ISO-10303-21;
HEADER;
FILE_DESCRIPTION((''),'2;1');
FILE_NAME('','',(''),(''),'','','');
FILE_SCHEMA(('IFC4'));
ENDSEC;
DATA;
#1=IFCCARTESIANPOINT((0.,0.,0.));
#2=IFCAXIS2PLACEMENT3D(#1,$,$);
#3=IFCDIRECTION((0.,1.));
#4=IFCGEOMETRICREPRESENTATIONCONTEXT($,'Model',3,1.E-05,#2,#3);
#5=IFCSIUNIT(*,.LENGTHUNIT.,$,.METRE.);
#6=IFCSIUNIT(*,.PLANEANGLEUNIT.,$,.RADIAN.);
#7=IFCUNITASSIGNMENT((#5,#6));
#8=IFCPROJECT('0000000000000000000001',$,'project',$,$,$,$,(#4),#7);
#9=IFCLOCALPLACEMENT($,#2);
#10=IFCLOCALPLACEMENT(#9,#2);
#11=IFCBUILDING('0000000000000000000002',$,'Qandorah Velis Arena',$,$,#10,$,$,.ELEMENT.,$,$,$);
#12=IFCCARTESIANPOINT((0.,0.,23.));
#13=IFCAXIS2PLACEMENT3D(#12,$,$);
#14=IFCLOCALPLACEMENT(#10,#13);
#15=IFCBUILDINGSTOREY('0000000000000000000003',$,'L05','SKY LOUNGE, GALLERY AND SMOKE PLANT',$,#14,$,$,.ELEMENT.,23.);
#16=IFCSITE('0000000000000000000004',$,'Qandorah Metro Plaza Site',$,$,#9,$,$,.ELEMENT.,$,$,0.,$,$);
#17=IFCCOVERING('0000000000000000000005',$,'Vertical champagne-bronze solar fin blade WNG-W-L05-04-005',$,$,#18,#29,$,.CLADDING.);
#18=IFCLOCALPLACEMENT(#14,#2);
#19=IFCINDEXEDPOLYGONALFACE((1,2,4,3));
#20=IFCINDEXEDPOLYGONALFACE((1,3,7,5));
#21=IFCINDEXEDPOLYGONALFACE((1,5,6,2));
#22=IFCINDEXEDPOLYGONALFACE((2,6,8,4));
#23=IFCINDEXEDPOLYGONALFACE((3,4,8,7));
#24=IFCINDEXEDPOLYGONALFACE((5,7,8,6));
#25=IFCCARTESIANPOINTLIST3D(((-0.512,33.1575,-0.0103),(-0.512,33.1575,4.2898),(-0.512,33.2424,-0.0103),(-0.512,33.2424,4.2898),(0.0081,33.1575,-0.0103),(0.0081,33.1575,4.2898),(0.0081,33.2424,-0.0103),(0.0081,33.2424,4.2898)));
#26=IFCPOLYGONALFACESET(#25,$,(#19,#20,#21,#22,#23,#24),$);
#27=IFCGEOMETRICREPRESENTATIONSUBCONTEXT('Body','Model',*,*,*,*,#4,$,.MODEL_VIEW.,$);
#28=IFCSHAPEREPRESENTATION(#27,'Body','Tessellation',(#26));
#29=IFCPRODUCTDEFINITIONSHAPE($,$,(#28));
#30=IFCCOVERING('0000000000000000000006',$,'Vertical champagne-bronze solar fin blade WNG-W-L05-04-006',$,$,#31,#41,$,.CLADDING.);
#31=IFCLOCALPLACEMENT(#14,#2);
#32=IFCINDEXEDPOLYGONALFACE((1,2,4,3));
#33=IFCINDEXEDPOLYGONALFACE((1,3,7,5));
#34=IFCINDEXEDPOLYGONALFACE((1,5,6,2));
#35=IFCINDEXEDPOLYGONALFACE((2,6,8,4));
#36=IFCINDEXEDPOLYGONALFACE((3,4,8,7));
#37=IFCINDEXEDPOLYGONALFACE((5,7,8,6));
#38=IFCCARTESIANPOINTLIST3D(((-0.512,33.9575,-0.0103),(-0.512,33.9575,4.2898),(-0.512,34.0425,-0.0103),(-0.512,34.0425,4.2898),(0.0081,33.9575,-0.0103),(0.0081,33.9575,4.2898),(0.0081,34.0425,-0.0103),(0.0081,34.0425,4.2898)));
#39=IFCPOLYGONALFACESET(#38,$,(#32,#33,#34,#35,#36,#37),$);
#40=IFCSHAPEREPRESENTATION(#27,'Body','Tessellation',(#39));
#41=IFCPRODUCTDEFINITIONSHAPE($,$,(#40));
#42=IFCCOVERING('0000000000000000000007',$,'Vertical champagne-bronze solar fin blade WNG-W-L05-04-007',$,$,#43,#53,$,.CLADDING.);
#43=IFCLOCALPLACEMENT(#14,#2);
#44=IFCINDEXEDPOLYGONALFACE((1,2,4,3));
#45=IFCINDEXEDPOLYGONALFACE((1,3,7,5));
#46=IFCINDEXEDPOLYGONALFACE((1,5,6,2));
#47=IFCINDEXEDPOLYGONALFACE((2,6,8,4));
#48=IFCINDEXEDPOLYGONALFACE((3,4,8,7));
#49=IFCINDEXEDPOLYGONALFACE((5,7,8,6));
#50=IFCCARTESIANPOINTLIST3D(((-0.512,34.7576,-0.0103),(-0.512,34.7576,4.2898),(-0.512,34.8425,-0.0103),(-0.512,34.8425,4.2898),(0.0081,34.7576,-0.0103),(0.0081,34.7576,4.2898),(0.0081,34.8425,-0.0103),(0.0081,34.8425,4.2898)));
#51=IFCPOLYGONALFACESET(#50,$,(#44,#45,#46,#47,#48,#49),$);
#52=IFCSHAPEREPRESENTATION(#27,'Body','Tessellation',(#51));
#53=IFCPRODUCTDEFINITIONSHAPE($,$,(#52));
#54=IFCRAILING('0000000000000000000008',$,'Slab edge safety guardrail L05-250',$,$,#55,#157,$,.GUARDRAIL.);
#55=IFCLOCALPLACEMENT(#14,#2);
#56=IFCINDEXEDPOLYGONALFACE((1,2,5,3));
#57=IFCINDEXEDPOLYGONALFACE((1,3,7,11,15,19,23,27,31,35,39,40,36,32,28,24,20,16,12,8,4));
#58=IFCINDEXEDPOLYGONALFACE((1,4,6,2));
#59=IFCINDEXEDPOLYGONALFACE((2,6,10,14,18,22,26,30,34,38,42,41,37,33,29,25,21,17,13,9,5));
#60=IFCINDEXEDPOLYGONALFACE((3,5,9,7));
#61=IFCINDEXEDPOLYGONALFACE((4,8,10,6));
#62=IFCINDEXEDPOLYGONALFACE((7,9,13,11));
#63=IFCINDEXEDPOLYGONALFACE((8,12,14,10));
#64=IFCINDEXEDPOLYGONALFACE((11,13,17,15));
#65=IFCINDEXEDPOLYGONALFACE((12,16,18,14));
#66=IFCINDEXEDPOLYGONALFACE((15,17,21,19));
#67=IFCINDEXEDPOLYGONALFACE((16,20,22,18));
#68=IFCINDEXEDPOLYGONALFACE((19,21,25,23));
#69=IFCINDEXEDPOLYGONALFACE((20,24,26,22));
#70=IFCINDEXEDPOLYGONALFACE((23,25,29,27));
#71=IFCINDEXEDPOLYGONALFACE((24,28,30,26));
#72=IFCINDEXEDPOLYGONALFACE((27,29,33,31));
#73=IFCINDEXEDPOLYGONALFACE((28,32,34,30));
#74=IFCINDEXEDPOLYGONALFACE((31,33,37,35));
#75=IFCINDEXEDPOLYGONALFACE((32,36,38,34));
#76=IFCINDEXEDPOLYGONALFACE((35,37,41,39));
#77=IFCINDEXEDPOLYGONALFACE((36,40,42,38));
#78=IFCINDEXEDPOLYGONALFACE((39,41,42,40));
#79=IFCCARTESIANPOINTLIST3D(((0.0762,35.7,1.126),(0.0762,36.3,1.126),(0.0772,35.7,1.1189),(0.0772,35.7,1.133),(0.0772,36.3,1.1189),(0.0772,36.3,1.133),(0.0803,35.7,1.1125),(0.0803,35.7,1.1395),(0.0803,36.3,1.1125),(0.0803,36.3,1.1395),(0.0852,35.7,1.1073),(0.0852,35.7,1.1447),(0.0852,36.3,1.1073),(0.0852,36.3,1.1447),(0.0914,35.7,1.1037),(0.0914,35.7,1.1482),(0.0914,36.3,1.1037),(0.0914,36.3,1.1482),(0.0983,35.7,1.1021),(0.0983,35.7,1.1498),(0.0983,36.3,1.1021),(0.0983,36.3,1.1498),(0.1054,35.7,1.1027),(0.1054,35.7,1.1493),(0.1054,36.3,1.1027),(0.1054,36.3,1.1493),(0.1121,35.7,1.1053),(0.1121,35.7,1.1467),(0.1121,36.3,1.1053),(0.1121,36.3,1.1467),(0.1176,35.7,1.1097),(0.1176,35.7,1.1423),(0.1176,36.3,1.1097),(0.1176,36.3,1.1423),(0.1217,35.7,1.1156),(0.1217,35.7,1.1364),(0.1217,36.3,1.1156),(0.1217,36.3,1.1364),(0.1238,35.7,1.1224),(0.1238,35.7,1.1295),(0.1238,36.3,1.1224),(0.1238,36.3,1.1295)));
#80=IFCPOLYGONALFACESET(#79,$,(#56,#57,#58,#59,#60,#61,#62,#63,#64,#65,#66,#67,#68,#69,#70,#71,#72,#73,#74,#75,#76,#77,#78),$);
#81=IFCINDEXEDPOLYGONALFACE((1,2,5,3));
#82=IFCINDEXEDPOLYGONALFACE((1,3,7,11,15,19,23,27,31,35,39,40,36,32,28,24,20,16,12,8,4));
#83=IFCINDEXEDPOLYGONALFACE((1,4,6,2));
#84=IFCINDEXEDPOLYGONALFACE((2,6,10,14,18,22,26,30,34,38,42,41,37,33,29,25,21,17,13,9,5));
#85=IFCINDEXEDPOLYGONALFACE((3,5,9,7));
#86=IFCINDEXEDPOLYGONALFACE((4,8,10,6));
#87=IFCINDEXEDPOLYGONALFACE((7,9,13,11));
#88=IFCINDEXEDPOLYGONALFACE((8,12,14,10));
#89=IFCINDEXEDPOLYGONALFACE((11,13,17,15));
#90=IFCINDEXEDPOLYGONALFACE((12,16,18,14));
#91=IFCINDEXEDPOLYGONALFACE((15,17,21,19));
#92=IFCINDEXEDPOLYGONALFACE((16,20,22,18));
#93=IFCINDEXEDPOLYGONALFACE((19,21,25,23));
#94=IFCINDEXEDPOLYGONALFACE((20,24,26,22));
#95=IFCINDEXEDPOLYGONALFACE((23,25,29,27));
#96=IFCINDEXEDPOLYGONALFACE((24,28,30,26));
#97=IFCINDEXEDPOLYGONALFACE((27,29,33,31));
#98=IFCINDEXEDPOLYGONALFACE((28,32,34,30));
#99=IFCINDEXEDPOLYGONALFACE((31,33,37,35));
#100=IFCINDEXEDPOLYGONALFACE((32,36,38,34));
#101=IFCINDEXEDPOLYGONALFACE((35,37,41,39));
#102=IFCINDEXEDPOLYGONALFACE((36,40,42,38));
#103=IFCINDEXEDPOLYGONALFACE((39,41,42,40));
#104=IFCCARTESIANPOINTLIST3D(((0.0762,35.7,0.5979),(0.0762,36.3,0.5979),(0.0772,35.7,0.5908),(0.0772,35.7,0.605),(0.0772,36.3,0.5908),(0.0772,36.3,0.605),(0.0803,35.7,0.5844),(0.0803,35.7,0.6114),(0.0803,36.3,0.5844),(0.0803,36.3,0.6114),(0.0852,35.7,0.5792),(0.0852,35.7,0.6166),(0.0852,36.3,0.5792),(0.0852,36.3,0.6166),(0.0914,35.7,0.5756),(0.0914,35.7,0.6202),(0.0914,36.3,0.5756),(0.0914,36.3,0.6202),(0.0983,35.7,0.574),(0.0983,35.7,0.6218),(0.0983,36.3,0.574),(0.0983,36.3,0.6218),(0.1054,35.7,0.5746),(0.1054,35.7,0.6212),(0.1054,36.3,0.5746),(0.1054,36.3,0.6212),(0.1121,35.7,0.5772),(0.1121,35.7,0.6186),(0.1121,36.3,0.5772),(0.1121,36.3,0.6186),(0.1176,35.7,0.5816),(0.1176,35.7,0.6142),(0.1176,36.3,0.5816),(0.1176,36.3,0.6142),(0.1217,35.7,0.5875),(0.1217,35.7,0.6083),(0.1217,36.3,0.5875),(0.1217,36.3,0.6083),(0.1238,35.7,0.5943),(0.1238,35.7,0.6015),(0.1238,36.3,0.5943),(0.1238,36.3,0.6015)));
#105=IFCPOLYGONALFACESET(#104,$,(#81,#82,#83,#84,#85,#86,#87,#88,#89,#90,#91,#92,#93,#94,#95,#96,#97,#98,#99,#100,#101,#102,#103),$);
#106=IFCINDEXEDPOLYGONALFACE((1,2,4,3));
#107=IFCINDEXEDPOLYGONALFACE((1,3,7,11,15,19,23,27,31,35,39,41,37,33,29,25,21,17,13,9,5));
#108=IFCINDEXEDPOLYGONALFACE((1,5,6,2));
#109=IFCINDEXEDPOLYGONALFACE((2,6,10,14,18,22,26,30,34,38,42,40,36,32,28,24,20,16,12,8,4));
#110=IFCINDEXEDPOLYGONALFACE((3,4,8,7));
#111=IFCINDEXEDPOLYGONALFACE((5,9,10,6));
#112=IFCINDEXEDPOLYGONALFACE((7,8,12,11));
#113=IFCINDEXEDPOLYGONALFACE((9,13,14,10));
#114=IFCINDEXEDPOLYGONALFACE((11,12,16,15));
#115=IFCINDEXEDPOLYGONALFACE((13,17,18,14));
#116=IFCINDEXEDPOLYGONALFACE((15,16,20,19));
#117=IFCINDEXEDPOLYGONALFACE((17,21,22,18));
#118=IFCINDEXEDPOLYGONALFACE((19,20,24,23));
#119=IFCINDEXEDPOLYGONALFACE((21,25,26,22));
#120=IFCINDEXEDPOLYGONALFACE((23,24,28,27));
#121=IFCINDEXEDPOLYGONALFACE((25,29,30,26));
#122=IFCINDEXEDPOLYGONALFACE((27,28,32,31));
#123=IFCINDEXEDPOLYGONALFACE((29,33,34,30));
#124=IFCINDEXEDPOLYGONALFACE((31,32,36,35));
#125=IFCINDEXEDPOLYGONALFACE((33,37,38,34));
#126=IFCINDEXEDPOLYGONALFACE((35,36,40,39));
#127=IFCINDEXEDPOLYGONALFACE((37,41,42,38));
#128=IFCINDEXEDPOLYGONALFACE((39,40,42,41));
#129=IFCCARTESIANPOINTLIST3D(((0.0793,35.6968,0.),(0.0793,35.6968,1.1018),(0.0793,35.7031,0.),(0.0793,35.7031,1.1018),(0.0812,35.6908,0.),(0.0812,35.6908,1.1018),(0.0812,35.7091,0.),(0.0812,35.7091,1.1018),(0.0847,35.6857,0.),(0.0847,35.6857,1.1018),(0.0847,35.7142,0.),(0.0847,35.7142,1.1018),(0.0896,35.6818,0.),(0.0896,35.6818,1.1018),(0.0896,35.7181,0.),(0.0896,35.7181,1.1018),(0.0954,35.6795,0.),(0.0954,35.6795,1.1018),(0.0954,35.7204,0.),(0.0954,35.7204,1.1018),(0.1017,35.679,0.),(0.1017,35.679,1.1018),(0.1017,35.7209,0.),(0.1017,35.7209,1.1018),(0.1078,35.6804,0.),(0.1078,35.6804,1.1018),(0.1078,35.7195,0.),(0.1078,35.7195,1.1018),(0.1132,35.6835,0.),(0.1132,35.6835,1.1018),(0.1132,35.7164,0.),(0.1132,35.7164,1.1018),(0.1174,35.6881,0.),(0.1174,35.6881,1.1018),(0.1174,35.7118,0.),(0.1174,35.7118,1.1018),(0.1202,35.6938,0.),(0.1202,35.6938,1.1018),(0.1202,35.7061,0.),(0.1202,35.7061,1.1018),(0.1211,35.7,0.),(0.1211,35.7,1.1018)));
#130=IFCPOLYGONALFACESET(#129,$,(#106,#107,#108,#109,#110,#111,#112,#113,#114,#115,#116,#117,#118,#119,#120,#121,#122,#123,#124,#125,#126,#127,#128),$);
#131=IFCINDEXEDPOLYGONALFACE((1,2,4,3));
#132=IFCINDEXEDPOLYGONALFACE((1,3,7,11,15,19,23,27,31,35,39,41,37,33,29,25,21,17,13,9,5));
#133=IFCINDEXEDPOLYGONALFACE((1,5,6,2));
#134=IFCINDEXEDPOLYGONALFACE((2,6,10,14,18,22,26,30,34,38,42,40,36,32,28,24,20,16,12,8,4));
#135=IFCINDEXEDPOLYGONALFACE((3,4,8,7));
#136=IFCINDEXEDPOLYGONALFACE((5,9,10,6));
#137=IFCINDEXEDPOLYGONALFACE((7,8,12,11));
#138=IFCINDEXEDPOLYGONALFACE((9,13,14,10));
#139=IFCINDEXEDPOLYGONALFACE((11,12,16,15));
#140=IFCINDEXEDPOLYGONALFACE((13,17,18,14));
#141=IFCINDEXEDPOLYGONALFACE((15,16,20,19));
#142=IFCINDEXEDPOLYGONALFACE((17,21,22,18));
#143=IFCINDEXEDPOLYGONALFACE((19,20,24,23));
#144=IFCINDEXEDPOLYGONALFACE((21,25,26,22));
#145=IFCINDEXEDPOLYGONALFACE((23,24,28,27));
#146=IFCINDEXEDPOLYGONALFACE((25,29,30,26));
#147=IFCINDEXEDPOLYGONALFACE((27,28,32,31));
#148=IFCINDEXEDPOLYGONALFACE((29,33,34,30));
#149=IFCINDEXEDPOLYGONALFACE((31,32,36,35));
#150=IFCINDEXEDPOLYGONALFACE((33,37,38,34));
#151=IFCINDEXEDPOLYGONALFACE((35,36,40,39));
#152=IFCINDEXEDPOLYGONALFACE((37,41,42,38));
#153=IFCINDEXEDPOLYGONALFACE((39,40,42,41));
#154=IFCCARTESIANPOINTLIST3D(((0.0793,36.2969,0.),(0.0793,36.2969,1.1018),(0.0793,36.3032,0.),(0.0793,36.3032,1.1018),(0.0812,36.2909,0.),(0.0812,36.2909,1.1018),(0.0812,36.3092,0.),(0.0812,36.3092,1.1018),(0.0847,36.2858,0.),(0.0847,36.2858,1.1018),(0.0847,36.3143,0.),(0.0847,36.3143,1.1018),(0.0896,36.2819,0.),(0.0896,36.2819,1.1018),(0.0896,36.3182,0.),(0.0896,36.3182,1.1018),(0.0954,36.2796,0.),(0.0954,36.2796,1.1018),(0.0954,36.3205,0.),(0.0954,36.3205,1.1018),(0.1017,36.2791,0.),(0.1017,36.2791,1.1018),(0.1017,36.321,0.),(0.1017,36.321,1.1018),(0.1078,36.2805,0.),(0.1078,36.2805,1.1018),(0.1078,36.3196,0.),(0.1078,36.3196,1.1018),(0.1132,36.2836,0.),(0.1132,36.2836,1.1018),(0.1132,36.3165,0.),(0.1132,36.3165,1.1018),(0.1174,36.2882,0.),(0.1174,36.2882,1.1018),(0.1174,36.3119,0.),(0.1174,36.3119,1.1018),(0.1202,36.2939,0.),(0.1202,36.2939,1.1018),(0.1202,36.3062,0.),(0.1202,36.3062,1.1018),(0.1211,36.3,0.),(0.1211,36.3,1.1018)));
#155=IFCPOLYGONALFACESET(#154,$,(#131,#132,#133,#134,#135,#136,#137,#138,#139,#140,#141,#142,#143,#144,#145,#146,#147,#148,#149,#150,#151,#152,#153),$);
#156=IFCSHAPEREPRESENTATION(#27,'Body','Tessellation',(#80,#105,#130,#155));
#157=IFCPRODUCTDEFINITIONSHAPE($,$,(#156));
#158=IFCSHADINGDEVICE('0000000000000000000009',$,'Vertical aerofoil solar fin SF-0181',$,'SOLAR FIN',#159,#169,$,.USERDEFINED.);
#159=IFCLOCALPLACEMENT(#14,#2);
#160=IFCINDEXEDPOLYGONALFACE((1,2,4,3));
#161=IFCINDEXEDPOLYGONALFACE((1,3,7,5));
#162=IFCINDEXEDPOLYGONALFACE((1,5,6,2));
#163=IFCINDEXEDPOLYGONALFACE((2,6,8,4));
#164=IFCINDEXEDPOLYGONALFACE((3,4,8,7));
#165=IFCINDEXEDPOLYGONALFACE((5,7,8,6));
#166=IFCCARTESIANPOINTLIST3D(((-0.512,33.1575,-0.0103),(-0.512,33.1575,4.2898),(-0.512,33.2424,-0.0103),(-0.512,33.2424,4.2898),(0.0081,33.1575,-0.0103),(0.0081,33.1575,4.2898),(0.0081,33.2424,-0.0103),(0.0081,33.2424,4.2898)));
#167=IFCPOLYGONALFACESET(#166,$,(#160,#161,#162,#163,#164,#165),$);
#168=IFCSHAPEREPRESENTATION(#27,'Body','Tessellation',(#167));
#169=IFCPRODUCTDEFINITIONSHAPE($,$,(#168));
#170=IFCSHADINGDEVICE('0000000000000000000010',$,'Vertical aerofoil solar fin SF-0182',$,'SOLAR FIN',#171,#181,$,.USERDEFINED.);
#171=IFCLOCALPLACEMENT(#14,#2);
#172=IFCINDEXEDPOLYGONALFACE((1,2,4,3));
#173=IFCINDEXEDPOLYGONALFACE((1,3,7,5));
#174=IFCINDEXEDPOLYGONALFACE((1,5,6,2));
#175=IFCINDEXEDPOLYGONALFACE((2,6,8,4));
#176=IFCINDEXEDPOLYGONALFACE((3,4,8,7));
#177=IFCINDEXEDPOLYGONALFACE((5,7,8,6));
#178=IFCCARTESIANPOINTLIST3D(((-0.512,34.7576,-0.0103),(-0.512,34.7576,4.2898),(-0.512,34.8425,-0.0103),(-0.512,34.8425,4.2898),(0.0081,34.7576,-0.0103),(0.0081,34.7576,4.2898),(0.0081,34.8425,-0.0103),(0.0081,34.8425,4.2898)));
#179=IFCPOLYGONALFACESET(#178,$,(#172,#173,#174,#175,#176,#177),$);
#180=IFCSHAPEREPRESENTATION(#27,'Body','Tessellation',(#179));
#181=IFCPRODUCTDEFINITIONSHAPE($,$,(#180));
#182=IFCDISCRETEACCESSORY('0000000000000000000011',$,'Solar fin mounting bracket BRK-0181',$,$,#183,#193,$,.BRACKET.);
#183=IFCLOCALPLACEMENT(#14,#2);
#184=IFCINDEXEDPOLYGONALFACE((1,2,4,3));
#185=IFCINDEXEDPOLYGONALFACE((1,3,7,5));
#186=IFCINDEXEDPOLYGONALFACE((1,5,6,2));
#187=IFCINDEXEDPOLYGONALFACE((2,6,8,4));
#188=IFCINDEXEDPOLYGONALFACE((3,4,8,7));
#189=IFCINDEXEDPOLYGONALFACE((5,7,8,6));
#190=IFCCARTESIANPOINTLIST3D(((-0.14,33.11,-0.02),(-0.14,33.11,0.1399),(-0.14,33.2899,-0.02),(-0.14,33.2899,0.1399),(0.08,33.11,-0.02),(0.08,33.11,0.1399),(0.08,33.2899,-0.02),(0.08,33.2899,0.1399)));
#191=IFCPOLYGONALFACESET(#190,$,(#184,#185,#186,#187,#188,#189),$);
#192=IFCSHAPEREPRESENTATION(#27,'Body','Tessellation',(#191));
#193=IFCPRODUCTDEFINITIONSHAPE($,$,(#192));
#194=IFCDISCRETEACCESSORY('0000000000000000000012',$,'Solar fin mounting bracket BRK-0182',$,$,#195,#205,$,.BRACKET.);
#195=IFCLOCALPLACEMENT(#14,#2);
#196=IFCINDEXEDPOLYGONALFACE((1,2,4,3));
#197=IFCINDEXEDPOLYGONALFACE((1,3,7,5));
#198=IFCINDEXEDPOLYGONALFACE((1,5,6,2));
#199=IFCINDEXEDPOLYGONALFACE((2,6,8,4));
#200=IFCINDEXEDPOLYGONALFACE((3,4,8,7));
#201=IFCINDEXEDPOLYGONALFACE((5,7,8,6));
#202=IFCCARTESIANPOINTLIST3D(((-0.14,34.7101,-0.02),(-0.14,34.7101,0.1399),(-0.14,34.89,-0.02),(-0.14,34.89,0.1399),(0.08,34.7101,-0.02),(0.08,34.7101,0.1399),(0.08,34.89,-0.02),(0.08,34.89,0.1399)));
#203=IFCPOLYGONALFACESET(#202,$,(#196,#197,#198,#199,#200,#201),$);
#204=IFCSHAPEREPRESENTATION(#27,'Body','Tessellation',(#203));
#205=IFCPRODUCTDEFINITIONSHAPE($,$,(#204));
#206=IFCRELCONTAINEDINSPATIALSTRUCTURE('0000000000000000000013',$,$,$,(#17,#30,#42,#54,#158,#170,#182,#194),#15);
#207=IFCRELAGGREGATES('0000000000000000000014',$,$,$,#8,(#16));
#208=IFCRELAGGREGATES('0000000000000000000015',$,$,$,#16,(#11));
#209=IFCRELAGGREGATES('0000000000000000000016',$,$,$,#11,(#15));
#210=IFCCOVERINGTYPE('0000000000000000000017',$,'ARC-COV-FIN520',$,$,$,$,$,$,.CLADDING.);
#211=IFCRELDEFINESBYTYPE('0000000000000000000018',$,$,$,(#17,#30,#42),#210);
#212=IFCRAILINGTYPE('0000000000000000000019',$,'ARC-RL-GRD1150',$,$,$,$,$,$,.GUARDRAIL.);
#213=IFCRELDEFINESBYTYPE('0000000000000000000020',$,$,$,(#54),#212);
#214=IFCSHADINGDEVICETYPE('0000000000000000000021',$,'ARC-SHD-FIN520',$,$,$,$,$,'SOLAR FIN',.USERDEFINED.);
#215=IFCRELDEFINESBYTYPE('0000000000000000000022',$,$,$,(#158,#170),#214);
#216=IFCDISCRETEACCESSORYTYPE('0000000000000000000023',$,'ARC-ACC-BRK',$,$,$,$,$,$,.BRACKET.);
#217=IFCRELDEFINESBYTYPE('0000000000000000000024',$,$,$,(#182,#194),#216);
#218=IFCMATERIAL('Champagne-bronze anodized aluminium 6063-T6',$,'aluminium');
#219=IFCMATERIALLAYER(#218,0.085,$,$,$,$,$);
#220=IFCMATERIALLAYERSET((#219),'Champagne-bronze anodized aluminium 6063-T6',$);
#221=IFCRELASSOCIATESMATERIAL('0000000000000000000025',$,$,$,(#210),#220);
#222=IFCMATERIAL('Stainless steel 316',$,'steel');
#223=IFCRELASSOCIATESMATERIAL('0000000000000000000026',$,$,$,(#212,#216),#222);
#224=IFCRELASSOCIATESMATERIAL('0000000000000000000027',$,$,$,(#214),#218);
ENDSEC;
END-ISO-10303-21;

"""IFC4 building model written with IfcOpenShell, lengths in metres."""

from ifc_helpers import new_model, si_unit, direction, frame, origin, origin_2d, place, context, subcontext, project, spatial, rectangle, circle, extrude, material, layer, layer_set, type_object, element, save


model = new_model("IFC4")

# Units and contexts
model_context = context("Model", 3, precision=1e-05, world=origin(), true_north=direction((0.0, 1.0)))
body_context = subcontext(model_context, "Body", "Model", "MODEL_VIEW")
ifc_project = project(units=[si_unit("LENGTHUNIT", "METRE"), si_unit("PLANEANGLEUNIT", "RADIAN")], contexts=[model_context])

# Site, building, storey
site_placement = place(None, origin())
site = spatial("IfcSite", under=ifc_project, at=site_placement, Name="Qandorah Metro Plaza Site", CompositionType="ELEMENT", RefElevation=0.0)
building_placement = place(site_placement, origin())
building = spatial("IfcBuilding", under=site, at=building_placement, Name="Qandorah Velis Arena", CompositionType="ELEMENT")
storey_placement = place(building_placement, frame((0.0, 0.0, 23.0)))
storey = spatial("IfcBuildingStorey", under=building, at=storey_placement, Name="L05", Description="SKY LOUNGE, GALLERY AND SMOKE PLANT", CompositionType="ELEMENT", Elevation=23.0)

# Shared definitions
ifc_material_1 = material(Name="Champagne-bronze anodized aluminium 6063-T6", Category="aluminium")

# Coverings
ifc_layer_1 = layer(ifc_material_1, 0.085)
ifc_layer_set_1 = layer_set([ifc_layer_1], Name="Champagne-bronze anodized aluminium 6063-T6")
covering_type = type_object("IfcCoveringType", Name="ARC-COV-FIN520", PredefinedType="CLADDING", material=ifc_layer_set_1)
for number, where, z_axis, x_axis, name in (
    (1, (-0.252, 33.2, -0.0103), (0.0, 0.0, 1.0), (1.0, 0.0, 0.0), "Vertical champagne-bronze solar fin blade WNG-W-L05-04-005"),
    (2, (-0.252, 34.0, -0.0103), (0.0, 0.0, 1.0), (1.0, 0.0, 0.0), "Vertical champagne-bronze solar fin blade WNG-W-L05-04-006"),
    (3, (-0.252, 34.8, -0.0103), (0.0, 0.0, 1.0), (1.0, 0.0, 0.0), "Vertical champagne-bronze solar fin blade WNG-W-L05-04-007"),
):
    element("IfcCovering", number, at=place(storey_placement, frame(where, z_axis=z_axis, x_axis=x_axis)), inside=storey, type_object=covering_type, Name=name, PredefinedType="CLADDING", context=body_context, shape_type="SweptSolid", body=[
        extrude(rectangle(XDim=0.52, YDim=0.085, at=origin_2d()), origin(), (0.0, 0.0, 1.0), 4.3),
    ])

# Railing
ifc_material_2 = material(Name="Stainless steel 316", Category="steel")
railing_type = type_object("IfcRailingType", Name="ARC-RL-GRD1150", PredefinedType="GUARDRAIL", material=ifc_material_2)
railing_placement = place(storey_placement, frame((0.1001, 35.7, 0.0)))
element("IfcRailing", 4, at=railing_placement, inside=storey, type_object=railing_type, Name="Slab edge safety guardrail L05-250", PredefinedType="GUARDRAIL", context=body_context, shape_type="SweptSolid", body=[
    extrude(circle(Radius=0.0239, at=origin_2d()), frame((0.0, 0.0, 1.126), z_axis=(0.0, 1.0, 0.0), x_axis=(-1.0, 0.0, 0.0)), (0.0, 0.0, 1.0), 0.6001),
    extrude(circle(Radius=0.0239, at=origin_2d()), frame((0.0, 0.0, 0.5979), z_axis=(0.0, 1.0, 0.0), x_axis=(-1.0, 0.0, 0.0)), (0.0, 0.0, 1.0), 0.6001),
    extrude(circle(Radius=0.021, at=origin_2d()), origin(), (0.0, 0.0, 1.0), 1.1018),
    extrude(circle(Radius=0.021, at=origin_2d()), frame((0.0, 0.6001, 0.0)), (0.0, 0.0, 1.0), 1.1018),
])

# Shading devices
shading_device_type = type_object("IfcShadingDeviceType", Name="ARC-SHD-FIN520", ElementType="SOLAR FIN", PredefinedType="USERDEFINED", material=ifc_material_1)
for number, where, z_axis, x_axis, name in (
    (5, (-0.252, 33.2, -0.0103), (0.0, 0.0, 1.0), (1.0, 0.0, 0.0), "Vertical aerofoil solar fin SF-0181"),
    (6, (-0.252, 34.8, -0.0103), (0.0, 0.0, 1.0), (1.0, 0.0, 0.0), "Vertical aerofoil solar fin SF-0182"),
):
    element("IfcShadingDevice", number, at=place(storey_placement, frame(where, z_axis=z_axis, x_axis=x_axis)), inside=storey, type_object=shading_device_type, Name=name, ObjectType="SOLAR FIN", PredefinedType="USERDEFINED", context=body_context, shape_type="SweptSolid", body=[
        extrude(rectangle(XDim=0.52, YDim=0.085, at=origin_2d()), origin(), (0.0, 0.0, 1.0), 4.3),
    ])

# Discrete accessories
discrete_accessory_type = type_object("IfcDiscreteAccessoryType", Name="ARC-ACC-BRK", PredefinedType="BRACKET", material=ifc_material_2)
for number, where, z_axis, x_axis, name in (
    (7, (-0.03, 33.2, -0.02), (0.0, 0.0, 1.0), (1.0, 0.0, 0.0), "Solar fin mounting bracket BRK-0181"),
    (8, (-0.03, 34.8, -0.02), (0.0, 0.0, 1.0), (1.0, 0.0, 0.0), "Solar fin mounting bracket BRK-0182"),
):
    element("IfcDiscreteAccessory", number, at=place(storey_placement, frame(where, z_axis=z_axis, x_axis=x_axis)), inside=storey, type_object=discrete_accessory_type, Name=name, PredefinedType="BRACKET", context=body_context, shape_type="SweptSolid", body=[
        extrude(rectangle(XDim=0.22, YDim=0.1799, at=origin_2d()), origin(), (0.0, 0.0, 1.0), 0.1599),
    ])

save(model, "model.ifc")
